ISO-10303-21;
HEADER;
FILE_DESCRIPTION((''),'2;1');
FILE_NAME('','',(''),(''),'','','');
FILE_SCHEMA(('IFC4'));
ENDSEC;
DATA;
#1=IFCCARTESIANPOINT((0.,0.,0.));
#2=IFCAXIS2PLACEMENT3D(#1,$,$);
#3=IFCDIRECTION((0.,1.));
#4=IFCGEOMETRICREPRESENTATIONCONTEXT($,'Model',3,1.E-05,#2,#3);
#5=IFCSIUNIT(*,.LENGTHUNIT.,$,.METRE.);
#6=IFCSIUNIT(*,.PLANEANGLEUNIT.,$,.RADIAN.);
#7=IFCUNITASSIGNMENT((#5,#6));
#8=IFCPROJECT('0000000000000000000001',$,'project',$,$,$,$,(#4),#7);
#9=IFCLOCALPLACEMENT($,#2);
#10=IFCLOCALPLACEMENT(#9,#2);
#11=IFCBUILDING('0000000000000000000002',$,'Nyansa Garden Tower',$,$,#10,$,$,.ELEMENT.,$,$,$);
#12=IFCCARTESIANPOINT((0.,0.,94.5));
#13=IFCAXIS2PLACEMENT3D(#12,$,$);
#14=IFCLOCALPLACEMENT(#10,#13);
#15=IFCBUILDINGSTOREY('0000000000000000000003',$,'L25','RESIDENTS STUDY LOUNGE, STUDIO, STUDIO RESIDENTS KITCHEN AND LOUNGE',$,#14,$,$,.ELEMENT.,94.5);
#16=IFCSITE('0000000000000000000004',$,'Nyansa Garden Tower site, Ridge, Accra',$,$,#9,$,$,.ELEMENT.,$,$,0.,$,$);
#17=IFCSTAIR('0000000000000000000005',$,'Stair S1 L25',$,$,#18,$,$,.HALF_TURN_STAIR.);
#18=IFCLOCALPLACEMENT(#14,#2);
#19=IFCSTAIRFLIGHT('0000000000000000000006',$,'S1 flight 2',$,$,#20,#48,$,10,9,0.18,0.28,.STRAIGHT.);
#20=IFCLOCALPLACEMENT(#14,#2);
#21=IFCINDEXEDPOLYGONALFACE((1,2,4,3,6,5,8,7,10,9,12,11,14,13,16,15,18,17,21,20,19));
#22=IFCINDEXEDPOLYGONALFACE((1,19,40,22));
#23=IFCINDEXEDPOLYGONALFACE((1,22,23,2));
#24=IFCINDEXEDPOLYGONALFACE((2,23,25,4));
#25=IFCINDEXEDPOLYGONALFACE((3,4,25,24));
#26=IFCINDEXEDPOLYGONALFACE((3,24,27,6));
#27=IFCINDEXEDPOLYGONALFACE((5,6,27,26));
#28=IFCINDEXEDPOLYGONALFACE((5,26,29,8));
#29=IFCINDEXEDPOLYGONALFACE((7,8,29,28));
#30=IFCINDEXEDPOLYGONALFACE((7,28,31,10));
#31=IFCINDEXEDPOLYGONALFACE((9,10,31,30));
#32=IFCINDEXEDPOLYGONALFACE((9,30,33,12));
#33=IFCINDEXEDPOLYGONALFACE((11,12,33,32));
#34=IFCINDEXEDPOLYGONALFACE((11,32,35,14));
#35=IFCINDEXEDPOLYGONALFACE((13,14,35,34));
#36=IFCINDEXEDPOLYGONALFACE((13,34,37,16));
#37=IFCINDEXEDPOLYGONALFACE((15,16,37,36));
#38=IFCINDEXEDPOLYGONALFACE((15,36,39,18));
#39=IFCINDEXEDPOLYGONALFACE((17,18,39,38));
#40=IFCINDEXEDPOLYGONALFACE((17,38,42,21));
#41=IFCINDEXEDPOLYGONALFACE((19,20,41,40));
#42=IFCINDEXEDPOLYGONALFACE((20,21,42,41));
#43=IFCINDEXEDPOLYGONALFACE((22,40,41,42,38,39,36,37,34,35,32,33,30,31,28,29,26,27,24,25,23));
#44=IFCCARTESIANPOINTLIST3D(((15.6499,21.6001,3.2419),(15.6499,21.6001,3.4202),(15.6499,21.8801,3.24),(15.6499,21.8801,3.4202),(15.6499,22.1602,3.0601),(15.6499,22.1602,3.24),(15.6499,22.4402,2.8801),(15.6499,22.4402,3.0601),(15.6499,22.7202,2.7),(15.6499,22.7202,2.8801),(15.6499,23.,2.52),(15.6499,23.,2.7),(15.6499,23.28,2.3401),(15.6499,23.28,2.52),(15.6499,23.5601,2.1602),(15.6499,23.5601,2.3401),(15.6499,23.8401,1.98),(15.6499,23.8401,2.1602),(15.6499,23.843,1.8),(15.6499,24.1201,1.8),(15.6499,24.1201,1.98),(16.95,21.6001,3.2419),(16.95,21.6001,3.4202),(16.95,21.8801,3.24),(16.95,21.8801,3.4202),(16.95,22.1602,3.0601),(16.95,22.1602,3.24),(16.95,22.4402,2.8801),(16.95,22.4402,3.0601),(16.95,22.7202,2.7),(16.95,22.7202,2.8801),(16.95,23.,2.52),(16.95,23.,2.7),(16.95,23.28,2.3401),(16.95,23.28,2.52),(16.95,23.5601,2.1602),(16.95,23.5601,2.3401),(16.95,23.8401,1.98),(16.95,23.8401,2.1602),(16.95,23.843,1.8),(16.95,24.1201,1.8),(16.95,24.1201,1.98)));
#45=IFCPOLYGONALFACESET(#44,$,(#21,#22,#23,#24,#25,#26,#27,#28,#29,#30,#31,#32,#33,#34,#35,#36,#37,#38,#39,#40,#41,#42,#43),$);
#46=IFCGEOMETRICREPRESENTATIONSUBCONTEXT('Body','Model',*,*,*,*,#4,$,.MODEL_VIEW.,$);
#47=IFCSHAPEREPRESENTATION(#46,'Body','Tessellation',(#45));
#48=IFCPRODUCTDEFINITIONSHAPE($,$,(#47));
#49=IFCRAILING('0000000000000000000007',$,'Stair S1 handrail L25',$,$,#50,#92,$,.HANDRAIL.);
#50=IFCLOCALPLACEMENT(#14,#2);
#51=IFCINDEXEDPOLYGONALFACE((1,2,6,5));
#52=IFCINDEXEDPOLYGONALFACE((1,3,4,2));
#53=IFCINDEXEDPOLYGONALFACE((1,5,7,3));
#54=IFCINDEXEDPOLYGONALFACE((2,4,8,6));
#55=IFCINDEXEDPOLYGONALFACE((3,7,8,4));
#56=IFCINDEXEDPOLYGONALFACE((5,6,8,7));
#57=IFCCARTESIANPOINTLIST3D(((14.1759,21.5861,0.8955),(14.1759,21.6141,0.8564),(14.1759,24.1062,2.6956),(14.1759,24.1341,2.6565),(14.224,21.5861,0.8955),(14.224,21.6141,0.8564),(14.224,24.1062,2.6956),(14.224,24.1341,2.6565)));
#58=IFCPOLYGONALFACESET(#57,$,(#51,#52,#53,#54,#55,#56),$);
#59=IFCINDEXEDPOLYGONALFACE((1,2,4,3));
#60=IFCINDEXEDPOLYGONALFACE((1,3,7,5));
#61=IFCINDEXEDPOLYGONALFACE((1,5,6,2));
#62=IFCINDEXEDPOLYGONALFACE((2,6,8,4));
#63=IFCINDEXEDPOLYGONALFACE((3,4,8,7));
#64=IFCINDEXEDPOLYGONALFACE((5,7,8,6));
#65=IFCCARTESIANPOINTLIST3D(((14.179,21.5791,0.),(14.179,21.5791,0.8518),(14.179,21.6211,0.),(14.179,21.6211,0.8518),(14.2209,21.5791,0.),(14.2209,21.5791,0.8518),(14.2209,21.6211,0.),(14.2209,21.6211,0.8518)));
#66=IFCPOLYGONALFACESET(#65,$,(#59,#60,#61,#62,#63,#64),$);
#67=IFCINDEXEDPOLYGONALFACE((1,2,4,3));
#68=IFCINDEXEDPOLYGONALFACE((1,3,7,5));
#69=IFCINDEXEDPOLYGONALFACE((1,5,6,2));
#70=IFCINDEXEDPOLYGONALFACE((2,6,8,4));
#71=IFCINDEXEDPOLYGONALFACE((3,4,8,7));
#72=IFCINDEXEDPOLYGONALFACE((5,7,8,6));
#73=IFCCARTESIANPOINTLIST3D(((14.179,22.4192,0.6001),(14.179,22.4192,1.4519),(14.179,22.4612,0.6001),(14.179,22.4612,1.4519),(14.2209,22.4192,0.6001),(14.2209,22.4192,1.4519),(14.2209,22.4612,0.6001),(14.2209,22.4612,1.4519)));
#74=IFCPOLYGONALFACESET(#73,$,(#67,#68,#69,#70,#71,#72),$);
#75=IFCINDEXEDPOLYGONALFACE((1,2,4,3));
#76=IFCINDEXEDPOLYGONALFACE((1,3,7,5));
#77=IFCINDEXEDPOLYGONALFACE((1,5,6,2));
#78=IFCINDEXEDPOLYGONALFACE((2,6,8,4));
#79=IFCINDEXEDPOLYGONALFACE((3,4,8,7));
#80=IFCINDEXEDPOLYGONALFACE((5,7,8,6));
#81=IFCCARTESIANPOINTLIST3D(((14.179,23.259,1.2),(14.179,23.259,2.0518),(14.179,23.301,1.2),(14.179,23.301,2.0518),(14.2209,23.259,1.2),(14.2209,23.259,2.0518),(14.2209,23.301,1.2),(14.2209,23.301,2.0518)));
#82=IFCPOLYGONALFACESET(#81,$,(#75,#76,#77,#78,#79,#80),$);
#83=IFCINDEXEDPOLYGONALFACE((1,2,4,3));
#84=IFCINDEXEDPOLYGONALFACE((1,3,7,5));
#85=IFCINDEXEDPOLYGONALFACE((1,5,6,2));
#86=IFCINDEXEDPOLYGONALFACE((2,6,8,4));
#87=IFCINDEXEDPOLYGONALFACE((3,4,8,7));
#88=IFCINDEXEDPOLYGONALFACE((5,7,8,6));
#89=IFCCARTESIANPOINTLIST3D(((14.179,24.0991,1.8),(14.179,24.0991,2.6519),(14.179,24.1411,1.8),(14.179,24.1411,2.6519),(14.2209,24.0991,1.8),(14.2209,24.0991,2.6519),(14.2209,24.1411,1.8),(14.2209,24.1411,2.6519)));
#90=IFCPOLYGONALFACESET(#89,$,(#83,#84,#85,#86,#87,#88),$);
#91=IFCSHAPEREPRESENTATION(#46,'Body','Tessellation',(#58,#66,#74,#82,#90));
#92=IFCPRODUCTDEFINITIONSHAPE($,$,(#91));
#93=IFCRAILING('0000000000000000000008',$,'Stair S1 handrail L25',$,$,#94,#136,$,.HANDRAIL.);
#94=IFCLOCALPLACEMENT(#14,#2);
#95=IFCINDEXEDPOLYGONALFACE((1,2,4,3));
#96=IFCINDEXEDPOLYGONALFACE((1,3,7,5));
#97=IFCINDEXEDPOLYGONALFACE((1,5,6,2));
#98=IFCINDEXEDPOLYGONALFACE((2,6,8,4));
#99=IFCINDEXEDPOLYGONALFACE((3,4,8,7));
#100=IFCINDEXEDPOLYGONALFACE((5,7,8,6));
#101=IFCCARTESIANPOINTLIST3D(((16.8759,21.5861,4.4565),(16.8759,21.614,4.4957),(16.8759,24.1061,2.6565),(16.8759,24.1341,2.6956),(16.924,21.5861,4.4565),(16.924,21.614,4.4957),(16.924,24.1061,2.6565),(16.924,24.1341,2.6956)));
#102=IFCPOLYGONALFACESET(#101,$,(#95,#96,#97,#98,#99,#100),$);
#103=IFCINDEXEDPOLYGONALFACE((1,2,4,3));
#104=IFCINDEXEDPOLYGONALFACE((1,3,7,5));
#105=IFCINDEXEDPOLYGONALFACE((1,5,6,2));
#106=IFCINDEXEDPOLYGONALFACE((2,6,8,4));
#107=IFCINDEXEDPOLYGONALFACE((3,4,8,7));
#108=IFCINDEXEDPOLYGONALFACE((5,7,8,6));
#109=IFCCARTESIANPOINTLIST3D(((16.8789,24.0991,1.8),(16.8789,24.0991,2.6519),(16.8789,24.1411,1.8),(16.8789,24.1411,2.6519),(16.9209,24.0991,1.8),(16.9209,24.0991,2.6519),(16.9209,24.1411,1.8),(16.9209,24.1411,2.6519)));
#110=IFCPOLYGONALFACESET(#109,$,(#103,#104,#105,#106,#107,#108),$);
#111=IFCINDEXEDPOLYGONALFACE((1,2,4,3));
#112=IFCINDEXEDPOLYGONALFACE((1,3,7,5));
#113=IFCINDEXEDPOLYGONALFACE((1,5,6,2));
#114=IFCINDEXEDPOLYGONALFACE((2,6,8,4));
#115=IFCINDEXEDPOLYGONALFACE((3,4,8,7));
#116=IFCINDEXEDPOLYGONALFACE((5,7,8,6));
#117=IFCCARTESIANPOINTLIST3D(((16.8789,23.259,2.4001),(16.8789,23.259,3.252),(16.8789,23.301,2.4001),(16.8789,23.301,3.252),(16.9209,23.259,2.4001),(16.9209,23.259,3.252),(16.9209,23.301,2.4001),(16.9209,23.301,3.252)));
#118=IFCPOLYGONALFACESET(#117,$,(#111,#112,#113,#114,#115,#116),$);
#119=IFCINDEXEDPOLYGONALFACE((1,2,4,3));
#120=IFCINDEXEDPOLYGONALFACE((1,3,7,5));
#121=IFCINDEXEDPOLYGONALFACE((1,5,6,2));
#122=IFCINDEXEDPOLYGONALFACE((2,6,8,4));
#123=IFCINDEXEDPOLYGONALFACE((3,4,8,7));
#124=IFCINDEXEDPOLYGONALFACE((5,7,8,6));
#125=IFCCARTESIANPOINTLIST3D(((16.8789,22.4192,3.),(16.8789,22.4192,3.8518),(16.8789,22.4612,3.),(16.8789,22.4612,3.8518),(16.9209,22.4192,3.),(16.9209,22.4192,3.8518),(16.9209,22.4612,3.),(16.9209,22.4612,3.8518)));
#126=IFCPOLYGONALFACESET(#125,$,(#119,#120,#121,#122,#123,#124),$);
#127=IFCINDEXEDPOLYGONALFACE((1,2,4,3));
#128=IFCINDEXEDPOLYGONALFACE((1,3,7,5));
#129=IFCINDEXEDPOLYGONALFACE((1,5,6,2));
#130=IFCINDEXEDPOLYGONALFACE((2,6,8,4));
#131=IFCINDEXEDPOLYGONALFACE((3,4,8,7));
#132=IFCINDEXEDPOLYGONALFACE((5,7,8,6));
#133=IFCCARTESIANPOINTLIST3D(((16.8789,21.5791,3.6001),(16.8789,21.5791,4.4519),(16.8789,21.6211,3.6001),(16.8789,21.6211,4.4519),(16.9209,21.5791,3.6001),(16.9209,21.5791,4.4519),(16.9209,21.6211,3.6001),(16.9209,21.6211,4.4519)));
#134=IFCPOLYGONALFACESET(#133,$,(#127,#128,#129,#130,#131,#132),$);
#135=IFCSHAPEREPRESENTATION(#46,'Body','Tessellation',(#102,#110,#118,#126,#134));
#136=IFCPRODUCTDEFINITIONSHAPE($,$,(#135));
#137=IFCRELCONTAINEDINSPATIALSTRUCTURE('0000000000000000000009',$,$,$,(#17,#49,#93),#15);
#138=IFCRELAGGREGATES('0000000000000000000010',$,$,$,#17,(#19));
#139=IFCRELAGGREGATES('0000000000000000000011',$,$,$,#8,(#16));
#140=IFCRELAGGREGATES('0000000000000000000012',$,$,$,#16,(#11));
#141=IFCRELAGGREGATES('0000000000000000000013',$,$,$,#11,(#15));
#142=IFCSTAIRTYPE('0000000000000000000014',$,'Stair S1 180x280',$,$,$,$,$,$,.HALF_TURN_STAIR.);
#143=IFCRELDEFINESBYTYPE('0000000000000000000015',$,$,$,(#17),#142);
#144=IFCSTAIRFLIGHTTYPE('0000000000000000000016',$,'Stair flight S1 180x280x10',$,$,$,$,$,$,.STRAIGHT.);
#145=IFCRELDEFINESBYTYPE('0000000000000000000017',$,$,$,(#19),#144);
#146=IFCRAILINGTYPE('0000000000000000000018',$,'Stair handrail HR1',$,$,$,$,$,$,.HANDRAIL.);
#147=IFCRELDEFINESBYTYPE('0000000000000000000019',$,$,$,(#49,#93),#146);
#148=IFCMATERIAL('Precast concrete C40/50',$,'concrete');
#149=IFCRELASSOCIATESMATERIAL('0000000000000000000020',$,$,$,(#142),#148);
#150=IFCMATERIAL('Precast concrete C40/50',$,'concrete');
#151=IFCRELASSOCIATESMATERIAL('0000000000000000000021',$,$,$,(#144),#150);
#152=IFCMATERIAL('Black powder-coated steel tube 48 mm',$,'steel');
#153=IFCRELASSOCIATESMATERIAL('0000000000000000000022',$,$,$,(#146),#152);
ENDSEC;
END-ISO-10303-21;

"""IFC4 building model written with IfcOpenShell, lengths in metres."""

from ifc_helpers import new_model, si_unit, direction, frame, origin, origin_2d, place, context, subcontext, project, spatial, polyline, rectangle, outline, extrude, material, type_object, element, aggregate, save


model = new_model("IFC4")

# Units and contexts
model_context = context("Model", 3, precision=1e-05, world=origin(), true_north=direction((0.0, 1.0)))
body_context = subcontext(model_context, "Body", "Model", "MODEL_VIEW")
ifc_project = project(units=[si_unit("LENGTHUNIT", "METRE"), si_unit("PLANEANGLEUNIT", "RADIAN")], contexts=[model_context])

# Site, building, storey
site_placement = place(None, origin())
site = spatial("IfcSite", under=ifc_project, at=site_placement, Name="Nyansa Garden Tower site, Ridge, Accra", CompositionType="ELEMENT", RefElevation=0.0)
building_placement = place(site_placement, origin())
building = spatial("IfcBuilding", under=site, at=building_placement, Name="Nyansa Garden Tower", CompositionType="ELEMENT")
storey_placement = place(building_placement, frame((0.0, 0.0, 94.5)))
storey = spatial("IfcBuildingStorey", under=building, at=storey_placement, Name="L25", Description="RESIDENTS STUDY LOUNGE, STUDIO, STUDIO RESIDENTS KITCHEN AND LOUNGE", CompositionType="ELEMENT", Elevation=94.5)

# Stair, stair flight
ifc_material_1 = material(Name="Precast concrete C40/50", Category="concrete")
stair_type = type_object("IfcStairType", Name="Stair S1 180x280", PredefinedType="HALF_TURN_STAIR", material=ifc_material_1)
stair_placement = place(storey_placement, origin())
stair = element("IfcStair", 1, at=stair_placement, inside=storey, type_object=stair_type, Name="Stair S1 L25", PredefinedType="HALF_TURN_STAIR")
ifc_material_2 = material(Name="Precast concrete C40/50", Category="concrete")
stair_flight_type = type_object("IfcStairFlightType", Name="Stair flight S1 180x280x10", PredefinedType="STRAIGHT", material=ifc_material_2)
stair_flight_1_placement = place(storey_placement, frame((16.3, 24.1201, 1.8), z_axis=(0.0, 0.0, 1.0), x_axis=(0.0, -1.0, 0.0)))
stair_flight_1 = element("IfcStairFlight", 2, at=stair_flight_1_placement, type_object=stair_flight_type, Name="S1 flight 2", NumberOfRisers=10, NumberOfTreads=9, PredefinedType="STRAIGHT", RiserHeight=0.18, TreadLength=0.28, context=body_context, shape_type="SweptSolid", body=[
    extrude(outline(polyline([(0.0, 0.0), (0.0, 0.1799), (0.28, 0.1799), (0.28, 0.3601), (0.5601, 0.3601), (0.5601, 0.54), (0.8401, 0.54), (0.8401, 0.72), (1.1201, 0.72), (1.1201, 0.8999), (1.3999, 0.8999), (1.3999, 1.0801), (1.6799, 1.0801), (1.6799, 1.26), (1.96, 1.26), (1.96, 1.4399), (2.24, 1.4399), (2.24, 1.6201), (2.52, 1.6201), (2.52, 1.8), (2.52, 1.4419), (0.2771, 0.0), (0.0, 0.0)])), frame((0.0, 0.6499, 0.0), z_axis=(0.0, -1.0, 0.0), x_axis=(1.0, 0.0, 0.0)), (0.0, 0.0, 1.0), 1.3),
])
aggregate(stair, [stair_flight_1])

# Railings
ifc_material_3 = material(Name="Black powder-coated steel tube 48 mm", Category="steel")
railing_type = type_object("IfcRailingType", Name="Stair handrail HR1", PredefinedType="HANDRAIL", material=ifc_material_3)
railing_1_placement = place(storey_placement, frame((14.2, 21.6001, 0.0)))
element("IfcRailing", 3, at=railing_1_placement, inside=storey, type_object=railing_type, Name="Stair S1 handrail L25", PredefinedType="HANDRAIL", context=body_context, shape_type="SweptSolid", body=[
    extrude(rectangle(XDim=0.0481, YDim=0.0481, at=origin_2d()), frame((0.0, 0.0, 0.876), z_axis=(0.0, 0.813728, 0.581246), x_axis=(-1.0, 0.0, 0.0)), (0.0, 0.0, 1.0), 3.0969),
    extrude(rectangle(XDim=0.042, YDim=0.042, at=origin_2d()), origin(), (0.0, 0.0, 1.0), 0.8518),
    extrude(rectangle(XDim=0.042, YDim=0.042, at=origin_2d()), frame((0.0, 0.8401, 0.6001)), (0.0, 0.0, 1.0), 0.8518),
    extrude(rectangle(XDim=0.042, YDim=0.042, at=origin_2d()), frame((0.0, 1.6799, 1.2)), (0.0, 0.0, 1.0), 0.8518),
    extrude(rectangle(XDim=0.042, YDim=0.042, at=origin_2d()), frame((0.0, 2.52, 1.8)), (0.0, 0.0, 1.0), 0.8518),
])
railing_2_placement = place(storey_placement, frame((16.8999, 24.1201, 1.8)))
element("IfcRailing", 4, at=railing_2_placement, inside=storey, type_object=railing_type, Name="Stair S1 handrail L25", PredefinedType="HANDRAIL", context=body_context, shape_type="SweptSolid", body=[
    extrude(rectangle(XDim=0.0481, YDim=0.0481, at=origin_2d()), frame((0.0, 0.0, 0.876), z_axis=(0.0, -0.813728, 0.581246), x_axis=(1.0, 0.0, 0.0)), (0.0, 0.0, 1.0), 3.0969),
    extrude(rectangle(XDim=0.042, YDim=0.042, at=origin_2d()), origin(), (0.0, 0.0, 1.0), 0.8518),
    extrude(rectangle(XDim=0.042, YDim=0.042, at=origin_2d()), frame((0.0, -0.8401, 0.6001)), (0.0, 0.0, 1.0), 0.8518),
    extrude(rectangle(XDim=0.042, YDim=0.042, at=origin_2d()), frame((0.0, -1.6799, 1.2)), (0.0, 0.0, 1.0), 0.8518),
    extrude(rectangle(XDim=0.042, YDim=0.042, at=origin_2d()), frame((0.0, -2.52, 1.8)), (0.0, 0.0, 1.0), 0.8518),
])

save(model, "model.ifc")
